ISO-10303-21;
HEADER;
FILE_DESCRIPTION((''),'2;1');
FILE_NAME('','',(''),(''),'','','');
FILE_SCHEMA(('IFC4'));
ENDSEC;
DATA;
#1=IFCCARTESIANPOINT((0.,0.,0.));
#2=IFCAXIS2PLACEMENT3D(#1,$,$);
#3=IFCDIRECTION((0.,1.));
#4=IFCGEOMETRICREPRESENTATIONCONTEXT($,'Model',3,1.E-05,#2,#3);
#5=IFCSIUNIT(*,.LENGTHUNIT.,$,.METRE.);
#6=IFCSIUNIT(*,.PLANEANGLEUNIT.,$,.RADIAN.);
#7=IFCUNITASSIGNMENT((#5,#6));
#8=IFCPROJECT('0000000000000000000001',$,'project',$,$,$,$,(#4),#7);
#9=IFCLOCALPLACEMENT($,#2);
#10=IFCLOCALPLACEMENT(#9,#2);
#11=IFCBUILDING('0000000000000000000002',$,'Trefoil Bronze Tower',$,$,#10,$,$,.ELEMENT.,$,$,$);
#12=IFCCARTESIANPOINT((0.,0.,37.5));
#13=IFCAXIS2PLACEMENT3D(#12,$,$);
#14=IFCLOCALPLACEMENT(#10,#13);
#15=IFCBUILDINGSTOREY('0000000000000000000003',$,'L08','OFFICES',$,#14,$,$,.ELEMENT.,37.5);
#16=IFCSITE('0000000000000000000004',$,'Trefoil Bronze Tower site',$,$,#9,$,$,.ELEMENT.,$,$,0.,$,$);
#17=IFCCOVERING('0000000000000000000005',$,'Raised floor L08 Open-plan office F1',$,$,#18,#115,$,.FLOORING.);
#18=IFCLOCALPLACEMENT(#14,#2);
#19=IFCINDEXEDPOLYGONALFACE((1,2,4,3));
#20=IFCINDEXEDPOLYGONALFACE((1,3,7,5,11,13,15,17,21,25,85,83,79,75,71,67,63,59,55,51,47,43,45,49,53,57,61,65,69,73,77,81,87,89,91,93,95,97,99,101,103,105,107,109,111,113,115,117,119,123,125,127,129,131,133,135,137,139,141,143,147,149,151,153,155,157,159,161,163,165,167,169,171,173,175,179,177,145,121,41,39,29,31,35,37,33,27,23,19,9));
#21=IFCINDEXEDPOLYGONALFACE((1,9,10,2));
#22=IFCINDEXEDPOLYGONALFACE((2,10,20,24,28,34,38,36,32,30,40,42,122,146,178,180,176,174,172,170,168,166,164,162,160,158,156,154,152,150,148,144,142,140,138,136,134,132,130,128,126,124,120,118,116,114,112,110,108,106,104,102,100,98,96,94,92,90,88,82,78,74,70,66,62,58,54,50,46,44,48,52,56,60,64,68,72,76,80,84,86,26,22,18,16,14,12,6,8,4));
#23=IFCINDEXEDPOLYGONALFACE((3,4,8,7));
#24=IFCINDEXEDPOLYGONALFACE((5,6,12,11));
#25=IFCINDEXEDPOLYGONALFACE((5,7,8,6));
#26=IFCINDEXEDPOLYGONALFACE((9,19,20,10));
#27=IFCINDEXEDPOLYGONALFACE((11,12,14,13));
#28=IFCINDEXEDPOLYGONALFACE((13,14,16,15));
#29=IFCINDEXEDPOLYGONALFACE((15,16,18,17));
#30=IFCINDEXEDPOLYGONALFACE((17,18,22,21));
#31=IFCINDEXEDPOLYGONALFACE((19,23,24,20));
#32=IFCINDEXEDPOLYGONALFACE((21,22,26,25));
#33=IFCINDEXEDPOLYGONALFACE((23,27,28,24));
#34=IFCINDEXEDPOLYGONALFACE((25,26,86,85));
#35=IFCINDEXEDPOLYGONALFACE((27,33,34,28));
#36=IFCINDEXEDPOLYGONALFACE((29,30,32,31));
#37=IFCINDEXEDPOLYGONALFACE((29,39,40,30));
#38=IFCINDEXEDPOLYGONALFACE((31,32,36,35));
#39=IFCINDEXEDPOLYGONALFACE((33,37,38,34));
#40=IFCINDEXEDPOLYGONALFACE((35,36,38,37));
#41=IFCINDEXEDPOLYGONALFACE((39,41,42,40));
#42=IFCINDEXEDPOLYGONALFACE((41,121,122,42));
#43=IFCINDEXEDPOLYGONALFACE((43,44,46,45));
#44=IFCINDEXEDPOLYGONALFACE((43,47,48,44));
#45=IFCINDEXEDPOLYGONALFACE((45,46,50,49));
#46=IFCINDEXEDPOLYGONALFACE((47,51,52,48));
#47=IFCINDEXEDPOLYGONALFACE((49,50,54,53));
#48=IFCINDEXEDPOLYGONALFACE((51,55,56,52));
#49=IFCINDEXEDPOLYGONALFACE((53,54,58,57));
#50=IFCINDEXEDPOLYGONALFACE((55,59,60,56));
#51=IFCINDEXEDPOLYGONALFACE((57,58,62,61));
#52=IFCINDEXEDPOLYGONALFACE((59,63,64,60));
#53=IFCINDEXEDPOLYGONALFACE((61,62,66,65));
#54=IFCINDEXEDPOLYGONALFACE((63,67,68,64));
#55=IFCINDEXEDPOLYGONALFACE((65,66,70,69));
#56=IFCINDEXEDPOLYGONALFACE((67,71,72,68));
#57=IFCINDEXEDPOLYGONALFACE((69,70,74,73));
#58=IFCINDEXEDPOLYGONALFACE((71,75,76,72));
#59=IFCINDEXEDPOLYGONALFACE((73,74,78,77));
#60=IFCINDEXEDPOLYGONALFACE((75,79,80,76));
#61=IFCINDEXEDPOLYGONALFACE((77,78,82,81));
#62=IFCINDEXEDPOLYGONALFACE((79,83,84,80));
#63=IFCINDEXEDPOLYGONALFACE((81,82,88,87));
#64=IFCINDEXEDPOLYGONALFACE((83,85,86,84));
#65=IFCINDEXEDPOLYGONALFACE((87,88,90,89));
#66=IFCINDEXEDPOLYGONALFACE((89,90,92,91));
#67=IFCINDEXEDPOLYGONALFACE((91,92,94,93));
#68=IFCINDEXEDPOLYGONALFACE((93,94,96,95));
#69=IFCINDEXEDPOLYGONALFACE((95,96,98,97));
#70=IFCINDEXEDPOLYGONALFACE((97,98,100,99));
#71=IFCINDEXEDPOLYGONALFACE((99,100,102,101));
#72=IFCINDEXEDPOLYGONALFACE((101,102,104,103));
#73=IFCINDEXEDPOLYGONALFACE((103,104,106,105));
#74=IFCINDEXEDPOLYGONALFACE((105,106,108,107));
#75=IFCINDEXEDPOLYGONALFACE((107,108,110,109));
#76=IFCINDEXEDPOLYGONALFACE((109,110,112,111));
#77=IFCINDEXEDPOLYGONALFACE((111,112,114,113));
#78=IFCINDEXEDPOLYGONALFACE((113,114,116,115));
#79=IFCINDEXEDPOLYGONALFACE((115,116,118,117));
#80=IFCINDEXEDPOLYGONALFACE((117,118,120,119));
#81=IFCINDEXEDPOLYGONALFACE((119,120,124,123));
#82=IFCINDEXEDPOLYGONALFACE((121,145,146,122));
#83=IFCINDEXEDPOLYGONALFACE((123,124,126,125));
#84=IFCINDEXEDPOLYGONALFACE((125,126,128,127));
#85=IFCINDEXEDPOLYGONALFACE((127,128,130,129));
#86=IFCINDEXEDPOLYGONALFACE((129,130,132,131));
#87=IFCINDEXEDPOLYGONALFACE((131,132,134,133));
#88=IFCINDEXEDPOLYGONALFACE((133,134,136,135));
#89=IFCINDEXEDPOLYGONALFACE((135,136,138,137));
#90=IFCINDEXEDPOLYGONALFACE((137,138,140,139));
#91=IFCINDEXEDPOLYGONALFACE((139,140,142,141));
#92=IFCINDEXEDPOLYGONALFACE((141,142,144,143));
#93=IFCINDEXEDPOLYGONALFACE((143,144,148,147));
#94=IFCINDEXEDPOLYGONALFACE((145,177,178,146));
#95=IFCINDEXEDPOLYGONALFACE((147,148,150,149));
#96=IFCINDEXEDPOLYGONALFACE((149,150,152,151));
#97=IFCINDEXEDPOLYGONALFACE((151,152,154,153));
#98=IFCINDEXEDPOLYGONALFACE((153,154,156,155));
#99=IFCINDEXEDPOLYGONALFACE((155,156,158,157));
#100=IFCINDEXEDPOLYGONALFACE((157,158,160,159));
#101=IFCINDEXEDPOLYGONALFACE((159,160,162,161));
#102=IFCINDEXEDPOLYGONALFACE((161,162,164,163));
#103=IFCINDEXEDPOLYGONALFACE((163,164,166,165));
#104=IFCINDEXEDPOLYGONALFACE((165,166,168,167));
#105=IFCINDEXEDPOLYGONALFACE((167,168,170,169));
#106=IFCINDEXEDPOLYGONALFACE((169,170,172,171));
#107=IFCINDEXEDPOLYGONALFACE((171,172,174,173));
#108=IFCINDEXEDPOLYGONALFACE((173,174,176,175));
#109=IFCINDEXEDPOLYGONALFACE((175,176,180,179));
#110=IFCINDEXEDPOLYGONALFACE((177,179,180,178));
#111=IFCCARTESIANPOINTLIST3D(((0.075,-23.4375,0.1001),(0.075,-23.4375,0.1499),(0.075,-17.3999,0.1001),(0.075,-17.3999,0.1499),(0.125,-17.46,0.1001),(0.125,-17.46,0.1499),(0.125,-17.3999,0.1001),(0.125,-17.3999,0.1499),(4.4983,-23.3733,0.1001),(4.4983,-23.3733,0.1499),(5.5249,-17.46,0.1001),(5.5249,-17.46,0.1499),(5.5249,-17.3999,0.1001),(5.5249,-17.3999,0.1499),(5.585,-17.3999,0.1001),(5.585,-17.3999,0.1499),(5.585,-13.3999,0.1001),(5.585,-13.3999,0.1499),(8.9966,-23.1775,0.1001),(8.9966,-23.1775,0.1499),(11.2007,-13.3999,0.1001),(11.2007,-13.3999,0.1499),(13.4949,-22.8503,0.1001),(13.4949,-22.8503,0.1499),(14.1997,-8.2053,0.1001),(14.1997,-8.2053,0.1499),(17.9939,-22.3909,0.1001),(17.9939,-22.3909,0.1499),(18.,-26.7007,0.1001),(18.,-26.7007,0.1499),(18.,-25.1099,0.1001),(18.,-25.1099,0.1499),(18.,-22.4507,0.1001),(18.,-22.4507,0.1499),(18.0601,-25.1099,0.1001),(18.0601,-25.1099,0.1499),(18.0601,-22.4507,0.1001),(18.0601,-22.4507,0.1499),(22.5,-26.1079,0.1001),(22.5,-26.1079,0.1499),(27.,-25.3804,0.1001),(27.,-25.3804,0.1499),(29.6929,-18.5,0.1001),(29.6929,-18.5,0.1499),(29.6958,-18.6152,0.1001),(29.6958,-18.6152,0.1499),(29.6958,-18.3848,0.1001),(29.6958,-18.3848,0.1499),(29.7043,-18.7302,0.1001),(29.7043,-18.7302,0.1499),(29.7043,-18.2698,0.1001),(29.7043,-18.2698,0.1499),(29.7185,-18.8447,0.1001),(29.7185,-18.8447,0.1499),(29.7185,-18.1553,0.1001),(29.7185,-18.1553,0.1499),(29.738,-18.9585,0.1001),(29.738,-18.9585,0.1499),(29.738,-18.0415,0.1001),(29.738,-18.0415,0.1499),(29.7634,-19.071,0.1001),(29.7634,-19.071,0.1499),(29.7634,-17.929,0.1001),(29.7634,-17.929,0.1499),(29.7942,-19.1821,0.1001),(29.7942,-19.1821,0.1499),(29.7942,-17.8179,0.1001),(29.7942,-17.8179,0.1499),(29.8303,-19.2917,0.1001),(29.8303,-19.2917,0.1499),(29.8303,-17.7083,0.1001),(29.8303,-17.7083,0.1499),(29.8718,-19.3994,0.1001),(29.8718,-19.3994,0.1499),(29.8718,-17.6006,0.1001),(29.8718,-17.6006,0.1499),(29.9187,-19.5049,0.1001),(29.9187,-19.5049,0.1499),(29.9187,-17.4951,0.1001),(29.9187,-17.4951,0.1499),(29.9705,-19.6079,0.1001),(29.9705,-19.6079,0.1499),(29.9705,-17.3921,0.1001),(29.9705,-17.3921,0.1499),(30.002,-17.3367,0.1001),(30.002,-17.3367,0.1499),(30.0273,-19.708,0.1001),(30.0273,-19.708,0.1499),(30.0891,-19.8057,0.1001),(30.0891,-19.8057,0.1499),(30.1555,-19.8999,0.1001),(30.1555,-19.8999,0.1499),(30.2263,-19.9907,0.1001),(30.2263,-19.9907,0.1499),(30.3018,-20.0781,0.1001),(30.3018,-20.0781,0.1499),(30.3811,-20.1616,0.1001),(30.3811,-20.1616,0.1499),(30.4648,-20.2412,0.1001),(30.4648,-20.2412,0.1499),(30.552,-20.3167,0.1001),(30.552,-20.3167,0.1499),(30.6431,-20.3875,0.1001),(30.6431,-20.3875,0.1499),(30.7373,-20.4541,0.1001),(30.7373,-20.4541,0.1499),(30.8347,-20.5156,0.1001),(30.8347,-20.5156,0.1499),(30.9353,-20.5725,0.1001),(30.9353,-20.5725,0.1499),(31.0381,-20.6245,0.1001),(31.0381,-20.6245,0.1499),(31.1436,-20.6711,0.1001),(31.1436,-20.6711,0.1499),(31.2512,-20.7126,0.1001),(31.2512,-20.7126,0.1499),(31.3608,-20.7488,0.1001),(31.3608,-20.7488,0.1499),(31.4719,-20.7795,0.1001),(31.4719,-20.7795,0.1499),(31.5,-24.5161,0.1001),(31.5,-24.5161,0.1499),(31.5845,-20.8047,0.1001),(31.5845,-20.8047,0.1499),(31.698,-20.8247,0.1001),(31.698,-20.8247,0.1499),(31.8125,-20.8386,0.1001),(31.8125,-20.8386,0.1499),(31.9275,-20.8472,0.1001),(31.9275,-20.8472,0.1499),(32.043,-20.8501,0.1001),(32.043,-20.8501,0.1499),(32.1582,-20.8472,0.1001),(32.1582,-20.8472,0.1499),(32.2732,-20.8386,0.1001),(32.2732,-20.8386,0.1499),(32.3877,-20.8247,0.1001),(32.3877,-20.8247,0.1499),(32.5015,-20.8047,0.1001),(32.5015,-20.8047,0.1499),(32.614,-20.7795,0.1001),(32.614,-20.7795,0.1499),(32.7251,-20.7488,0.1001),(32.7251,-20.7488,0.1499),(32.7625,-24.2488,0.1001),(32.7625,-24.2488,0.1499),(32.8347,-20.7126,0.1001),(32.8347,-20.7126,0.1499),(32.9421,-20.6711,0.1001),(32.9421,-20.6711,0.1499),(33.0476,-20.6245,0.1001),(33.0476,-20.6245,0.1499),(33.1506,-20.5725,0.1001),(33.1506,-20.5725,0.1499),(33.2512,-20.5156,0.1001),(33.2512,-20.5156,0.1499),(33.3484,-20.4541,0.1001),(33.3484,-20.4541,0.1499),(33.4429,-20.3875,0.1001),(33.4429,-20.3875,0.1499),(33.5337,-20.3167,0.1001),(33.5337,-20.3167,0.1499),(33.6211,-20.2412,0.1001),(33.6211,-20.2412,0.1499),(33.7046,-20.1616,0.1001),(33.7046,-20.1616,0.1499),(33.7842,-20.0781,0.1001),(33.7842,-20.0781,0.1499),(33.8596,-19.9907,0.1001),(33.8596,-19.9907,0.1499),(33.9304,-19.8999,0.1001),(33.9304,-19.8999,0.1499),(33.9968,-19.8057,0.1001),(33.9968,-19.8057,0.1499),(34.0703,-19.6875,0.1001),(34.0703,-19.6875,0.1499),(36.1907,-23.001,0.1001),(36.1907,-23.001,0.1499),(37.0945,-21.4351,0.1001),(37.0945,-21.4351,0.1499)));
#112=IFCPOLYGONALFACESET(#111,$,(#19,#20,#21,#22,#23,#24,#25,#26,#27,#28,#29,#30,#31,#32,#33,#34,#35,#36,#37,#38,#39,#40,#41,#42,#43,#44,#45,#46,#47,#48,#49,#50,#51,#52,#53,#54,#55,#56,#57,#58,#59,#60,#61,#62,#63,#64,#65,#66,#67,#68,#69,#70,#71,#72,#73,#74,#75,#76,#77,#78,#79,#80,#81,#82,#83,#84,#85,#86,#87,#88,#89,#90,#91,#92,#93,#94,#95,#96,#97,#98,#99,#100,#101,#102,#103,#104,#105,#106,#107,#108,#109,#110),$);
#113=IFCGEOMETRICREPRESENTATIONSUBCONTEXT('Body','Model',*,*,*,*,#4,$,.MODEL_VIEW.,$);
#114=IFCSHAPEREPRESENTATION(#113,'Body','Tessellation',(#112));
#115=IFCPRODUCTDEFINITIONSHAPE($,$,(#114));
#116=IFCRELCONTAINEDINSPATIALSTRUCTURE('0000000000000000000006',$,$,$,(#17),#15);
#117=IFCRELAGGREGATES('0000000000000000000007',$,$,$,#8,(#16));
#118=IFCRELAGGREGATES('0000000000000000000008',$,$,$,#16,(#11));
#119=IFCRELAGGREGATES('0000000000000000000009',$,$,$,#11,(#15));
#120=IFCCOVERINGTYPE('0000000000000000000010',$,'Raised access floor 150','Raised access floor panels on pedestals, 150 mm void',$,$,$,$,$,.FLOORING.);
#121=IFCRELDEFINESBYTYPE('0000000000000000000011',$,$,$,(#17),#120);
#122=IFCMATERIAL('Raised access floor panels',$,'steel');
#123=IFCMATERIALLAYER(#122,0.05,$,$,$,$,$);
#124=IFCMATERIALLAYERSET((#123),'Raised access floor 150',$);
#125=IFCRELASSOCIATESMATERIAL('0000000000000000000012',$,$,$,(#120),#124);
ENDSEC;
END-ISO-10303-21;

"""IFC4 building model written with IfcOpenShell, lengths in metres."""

from ifc_helpers import new_model, si_unit, direction, frame, origin, place, context, subcontext, project, spatial, polyline, outline, extrude, material, layer, layer_set, type_object, element, save


model = new_model("IFC4")

# Units and contexts
model_context = context("Model", 3, precision=1e-05, world=origin(), true_north=direction((0.0, 1.0)))
body_context = subcontext(model_context, "Body", "Model", "MODEL_VIEW")
ifc_project = project(units=[si_unit("LENGTHUNIT", "METRE"), si_unit("PLANEANGLEUNIT", "RADIAN")], contexts=[model_context])

# Site, building, storey
site_placement = place(None, origin())
site = spatial("IfcSite", under=ifc_project, at=site_placement, Name="Trefoil Bronze Tower site", CompositionType="ELEMENT", RefElevation=0.0)
building_placement = place(site_placement, origin())
building = spatial("IfcBuilding", under=site, at=building_placement, Name="Trefoil Bronze Tower", CompositionType="ELEMENT")
storey_placement = place(building_placement, frame((0.0, 0.0, 37.5)))
storey = spatial("IfcBuildingStorey", under=building, at=storey_placement, Name="L08", Description="OFFICES", CompositionType="ELEMENT", Elevation=37.5)

# Covering
ifc_material_1 = material(Name="Raised access floor panels", Category="steel")
ifc_layer_1 = layer(ifc_material_1, 0.05)
ifc_layer_set_1 = layer_set([ifc_layer_1], Name="Raised access floor 150")
covering_type_1 = type_object("IfcCoveringType", Name="Raised access floor 150", Description="Raised access floor panels on pedestals, 150 mm void", PredefinedType="FLOORING", material=ifc_layer_set_1)
covering_1_placement = place(storey_placement, frame((0.0, 0.0, 0.1001)))
element("IfcCovering", 1, at=covering_1_placement, inside=storey, type_object=covering_type_1, Name="Raised floor L08 Open-plan office F1", PredefinedType="FLOORING", context=body_context, shape_type="SweptSolid", body=[
    extrude(outline(polyline([(18.0, -25.1099), (18.0601, -25.1099), (18.0601, -22.4507), (18.0, -22.4507), (17.9939, -22.3909), (13.4949, -22.8503), (8.9966, -23.1775), (4.4983, -23.3733), (0.075, -23.4375), (0.075, -17.3999), (0.125, -17.3999), (0.125, -17.46), (5.5249, -17.46), (5.5249, -17.3999), (5.585, -17.3999), (5.585, -13.3999), (11.2007, -13.3999), (14.1997, -8.2053), (30.002, -17.3367), (29.9705, -17.3921), (29.9187, -17.4951), (29.8718, -17.6006), (29.8303, -17.7083), (29.7942, -17.8179), (29.7634, -17.929), (29.738, -18.0415), (29.7185, -18.1553), (29.7043, -18.2698), (29.6958, -18.3848), (29.6929, -18.5), (29.6958, -18.6152), (29.7043, -18.7302), (29.7185, -18.8447), (29.738, -18.9585), (29.7634, -19.071), (29.7942, -19.1821), (29.8303, -19.2917), (29.8718, -19.3994), (29.9187, -19.5049), (29.9705, -19.6079), (30.0273, -19.708), (30.0891, -19.8057), (30.1555, -19.8999), (30.2263, -19.9907), (30.3018, -20.0781), (30.3811, -20.1616), (30.4648, -20.2412), (30.552, -20.3167), (30.6431, -20.3875), (30.7373, -20.4541), (30.8347, -20.5156), (30.9353, -20.5725), (31.0381, -20.6245), (31.1436, -20.6711), (31.2512, -20.7126), (31.3608, -20.7488), (31.4719, -20.7795), (31.5845, -20.8047), (31.698, -20.8247), (31.8125, -20.8386), (31.9275, -20.8472), (32.043, -20.8501), (32.1582, -20.8472), (32.2732, -20.8386), (32.3877, -20.8247), (32.5015, -20.8047), (32.614, -20.7795), (32.7251, -20.7488), (32.8347, -20.7126), (32.9421, -20.6711), (33.0476, -20.6245), (33.1506, -20.5725), (33.2512, -20.5156), (33.3484, -20.4541), (33.4429, -20.3875), (33.5337, -20.3167), (33.6211, -20.2412), (33.7046, -20.1616), (33.7842, -20.0781), (33.8596, -19.9907), (33.9304, -19.8999), (33.9968, -19.8057), (34.0703, -19.6875), (37.0945, -21.4351), (36.1907, -23.001), (32.7625, -24.2488), (31.5, -24.5161), (27.0, -25.3804), (22.5, -26.1079), (18.0, -26.7007), (18.0, -25.1099)])), origin(), (0.0, 0.0, 1.0), 0.0498),
])

save(model, "model.ifc")
